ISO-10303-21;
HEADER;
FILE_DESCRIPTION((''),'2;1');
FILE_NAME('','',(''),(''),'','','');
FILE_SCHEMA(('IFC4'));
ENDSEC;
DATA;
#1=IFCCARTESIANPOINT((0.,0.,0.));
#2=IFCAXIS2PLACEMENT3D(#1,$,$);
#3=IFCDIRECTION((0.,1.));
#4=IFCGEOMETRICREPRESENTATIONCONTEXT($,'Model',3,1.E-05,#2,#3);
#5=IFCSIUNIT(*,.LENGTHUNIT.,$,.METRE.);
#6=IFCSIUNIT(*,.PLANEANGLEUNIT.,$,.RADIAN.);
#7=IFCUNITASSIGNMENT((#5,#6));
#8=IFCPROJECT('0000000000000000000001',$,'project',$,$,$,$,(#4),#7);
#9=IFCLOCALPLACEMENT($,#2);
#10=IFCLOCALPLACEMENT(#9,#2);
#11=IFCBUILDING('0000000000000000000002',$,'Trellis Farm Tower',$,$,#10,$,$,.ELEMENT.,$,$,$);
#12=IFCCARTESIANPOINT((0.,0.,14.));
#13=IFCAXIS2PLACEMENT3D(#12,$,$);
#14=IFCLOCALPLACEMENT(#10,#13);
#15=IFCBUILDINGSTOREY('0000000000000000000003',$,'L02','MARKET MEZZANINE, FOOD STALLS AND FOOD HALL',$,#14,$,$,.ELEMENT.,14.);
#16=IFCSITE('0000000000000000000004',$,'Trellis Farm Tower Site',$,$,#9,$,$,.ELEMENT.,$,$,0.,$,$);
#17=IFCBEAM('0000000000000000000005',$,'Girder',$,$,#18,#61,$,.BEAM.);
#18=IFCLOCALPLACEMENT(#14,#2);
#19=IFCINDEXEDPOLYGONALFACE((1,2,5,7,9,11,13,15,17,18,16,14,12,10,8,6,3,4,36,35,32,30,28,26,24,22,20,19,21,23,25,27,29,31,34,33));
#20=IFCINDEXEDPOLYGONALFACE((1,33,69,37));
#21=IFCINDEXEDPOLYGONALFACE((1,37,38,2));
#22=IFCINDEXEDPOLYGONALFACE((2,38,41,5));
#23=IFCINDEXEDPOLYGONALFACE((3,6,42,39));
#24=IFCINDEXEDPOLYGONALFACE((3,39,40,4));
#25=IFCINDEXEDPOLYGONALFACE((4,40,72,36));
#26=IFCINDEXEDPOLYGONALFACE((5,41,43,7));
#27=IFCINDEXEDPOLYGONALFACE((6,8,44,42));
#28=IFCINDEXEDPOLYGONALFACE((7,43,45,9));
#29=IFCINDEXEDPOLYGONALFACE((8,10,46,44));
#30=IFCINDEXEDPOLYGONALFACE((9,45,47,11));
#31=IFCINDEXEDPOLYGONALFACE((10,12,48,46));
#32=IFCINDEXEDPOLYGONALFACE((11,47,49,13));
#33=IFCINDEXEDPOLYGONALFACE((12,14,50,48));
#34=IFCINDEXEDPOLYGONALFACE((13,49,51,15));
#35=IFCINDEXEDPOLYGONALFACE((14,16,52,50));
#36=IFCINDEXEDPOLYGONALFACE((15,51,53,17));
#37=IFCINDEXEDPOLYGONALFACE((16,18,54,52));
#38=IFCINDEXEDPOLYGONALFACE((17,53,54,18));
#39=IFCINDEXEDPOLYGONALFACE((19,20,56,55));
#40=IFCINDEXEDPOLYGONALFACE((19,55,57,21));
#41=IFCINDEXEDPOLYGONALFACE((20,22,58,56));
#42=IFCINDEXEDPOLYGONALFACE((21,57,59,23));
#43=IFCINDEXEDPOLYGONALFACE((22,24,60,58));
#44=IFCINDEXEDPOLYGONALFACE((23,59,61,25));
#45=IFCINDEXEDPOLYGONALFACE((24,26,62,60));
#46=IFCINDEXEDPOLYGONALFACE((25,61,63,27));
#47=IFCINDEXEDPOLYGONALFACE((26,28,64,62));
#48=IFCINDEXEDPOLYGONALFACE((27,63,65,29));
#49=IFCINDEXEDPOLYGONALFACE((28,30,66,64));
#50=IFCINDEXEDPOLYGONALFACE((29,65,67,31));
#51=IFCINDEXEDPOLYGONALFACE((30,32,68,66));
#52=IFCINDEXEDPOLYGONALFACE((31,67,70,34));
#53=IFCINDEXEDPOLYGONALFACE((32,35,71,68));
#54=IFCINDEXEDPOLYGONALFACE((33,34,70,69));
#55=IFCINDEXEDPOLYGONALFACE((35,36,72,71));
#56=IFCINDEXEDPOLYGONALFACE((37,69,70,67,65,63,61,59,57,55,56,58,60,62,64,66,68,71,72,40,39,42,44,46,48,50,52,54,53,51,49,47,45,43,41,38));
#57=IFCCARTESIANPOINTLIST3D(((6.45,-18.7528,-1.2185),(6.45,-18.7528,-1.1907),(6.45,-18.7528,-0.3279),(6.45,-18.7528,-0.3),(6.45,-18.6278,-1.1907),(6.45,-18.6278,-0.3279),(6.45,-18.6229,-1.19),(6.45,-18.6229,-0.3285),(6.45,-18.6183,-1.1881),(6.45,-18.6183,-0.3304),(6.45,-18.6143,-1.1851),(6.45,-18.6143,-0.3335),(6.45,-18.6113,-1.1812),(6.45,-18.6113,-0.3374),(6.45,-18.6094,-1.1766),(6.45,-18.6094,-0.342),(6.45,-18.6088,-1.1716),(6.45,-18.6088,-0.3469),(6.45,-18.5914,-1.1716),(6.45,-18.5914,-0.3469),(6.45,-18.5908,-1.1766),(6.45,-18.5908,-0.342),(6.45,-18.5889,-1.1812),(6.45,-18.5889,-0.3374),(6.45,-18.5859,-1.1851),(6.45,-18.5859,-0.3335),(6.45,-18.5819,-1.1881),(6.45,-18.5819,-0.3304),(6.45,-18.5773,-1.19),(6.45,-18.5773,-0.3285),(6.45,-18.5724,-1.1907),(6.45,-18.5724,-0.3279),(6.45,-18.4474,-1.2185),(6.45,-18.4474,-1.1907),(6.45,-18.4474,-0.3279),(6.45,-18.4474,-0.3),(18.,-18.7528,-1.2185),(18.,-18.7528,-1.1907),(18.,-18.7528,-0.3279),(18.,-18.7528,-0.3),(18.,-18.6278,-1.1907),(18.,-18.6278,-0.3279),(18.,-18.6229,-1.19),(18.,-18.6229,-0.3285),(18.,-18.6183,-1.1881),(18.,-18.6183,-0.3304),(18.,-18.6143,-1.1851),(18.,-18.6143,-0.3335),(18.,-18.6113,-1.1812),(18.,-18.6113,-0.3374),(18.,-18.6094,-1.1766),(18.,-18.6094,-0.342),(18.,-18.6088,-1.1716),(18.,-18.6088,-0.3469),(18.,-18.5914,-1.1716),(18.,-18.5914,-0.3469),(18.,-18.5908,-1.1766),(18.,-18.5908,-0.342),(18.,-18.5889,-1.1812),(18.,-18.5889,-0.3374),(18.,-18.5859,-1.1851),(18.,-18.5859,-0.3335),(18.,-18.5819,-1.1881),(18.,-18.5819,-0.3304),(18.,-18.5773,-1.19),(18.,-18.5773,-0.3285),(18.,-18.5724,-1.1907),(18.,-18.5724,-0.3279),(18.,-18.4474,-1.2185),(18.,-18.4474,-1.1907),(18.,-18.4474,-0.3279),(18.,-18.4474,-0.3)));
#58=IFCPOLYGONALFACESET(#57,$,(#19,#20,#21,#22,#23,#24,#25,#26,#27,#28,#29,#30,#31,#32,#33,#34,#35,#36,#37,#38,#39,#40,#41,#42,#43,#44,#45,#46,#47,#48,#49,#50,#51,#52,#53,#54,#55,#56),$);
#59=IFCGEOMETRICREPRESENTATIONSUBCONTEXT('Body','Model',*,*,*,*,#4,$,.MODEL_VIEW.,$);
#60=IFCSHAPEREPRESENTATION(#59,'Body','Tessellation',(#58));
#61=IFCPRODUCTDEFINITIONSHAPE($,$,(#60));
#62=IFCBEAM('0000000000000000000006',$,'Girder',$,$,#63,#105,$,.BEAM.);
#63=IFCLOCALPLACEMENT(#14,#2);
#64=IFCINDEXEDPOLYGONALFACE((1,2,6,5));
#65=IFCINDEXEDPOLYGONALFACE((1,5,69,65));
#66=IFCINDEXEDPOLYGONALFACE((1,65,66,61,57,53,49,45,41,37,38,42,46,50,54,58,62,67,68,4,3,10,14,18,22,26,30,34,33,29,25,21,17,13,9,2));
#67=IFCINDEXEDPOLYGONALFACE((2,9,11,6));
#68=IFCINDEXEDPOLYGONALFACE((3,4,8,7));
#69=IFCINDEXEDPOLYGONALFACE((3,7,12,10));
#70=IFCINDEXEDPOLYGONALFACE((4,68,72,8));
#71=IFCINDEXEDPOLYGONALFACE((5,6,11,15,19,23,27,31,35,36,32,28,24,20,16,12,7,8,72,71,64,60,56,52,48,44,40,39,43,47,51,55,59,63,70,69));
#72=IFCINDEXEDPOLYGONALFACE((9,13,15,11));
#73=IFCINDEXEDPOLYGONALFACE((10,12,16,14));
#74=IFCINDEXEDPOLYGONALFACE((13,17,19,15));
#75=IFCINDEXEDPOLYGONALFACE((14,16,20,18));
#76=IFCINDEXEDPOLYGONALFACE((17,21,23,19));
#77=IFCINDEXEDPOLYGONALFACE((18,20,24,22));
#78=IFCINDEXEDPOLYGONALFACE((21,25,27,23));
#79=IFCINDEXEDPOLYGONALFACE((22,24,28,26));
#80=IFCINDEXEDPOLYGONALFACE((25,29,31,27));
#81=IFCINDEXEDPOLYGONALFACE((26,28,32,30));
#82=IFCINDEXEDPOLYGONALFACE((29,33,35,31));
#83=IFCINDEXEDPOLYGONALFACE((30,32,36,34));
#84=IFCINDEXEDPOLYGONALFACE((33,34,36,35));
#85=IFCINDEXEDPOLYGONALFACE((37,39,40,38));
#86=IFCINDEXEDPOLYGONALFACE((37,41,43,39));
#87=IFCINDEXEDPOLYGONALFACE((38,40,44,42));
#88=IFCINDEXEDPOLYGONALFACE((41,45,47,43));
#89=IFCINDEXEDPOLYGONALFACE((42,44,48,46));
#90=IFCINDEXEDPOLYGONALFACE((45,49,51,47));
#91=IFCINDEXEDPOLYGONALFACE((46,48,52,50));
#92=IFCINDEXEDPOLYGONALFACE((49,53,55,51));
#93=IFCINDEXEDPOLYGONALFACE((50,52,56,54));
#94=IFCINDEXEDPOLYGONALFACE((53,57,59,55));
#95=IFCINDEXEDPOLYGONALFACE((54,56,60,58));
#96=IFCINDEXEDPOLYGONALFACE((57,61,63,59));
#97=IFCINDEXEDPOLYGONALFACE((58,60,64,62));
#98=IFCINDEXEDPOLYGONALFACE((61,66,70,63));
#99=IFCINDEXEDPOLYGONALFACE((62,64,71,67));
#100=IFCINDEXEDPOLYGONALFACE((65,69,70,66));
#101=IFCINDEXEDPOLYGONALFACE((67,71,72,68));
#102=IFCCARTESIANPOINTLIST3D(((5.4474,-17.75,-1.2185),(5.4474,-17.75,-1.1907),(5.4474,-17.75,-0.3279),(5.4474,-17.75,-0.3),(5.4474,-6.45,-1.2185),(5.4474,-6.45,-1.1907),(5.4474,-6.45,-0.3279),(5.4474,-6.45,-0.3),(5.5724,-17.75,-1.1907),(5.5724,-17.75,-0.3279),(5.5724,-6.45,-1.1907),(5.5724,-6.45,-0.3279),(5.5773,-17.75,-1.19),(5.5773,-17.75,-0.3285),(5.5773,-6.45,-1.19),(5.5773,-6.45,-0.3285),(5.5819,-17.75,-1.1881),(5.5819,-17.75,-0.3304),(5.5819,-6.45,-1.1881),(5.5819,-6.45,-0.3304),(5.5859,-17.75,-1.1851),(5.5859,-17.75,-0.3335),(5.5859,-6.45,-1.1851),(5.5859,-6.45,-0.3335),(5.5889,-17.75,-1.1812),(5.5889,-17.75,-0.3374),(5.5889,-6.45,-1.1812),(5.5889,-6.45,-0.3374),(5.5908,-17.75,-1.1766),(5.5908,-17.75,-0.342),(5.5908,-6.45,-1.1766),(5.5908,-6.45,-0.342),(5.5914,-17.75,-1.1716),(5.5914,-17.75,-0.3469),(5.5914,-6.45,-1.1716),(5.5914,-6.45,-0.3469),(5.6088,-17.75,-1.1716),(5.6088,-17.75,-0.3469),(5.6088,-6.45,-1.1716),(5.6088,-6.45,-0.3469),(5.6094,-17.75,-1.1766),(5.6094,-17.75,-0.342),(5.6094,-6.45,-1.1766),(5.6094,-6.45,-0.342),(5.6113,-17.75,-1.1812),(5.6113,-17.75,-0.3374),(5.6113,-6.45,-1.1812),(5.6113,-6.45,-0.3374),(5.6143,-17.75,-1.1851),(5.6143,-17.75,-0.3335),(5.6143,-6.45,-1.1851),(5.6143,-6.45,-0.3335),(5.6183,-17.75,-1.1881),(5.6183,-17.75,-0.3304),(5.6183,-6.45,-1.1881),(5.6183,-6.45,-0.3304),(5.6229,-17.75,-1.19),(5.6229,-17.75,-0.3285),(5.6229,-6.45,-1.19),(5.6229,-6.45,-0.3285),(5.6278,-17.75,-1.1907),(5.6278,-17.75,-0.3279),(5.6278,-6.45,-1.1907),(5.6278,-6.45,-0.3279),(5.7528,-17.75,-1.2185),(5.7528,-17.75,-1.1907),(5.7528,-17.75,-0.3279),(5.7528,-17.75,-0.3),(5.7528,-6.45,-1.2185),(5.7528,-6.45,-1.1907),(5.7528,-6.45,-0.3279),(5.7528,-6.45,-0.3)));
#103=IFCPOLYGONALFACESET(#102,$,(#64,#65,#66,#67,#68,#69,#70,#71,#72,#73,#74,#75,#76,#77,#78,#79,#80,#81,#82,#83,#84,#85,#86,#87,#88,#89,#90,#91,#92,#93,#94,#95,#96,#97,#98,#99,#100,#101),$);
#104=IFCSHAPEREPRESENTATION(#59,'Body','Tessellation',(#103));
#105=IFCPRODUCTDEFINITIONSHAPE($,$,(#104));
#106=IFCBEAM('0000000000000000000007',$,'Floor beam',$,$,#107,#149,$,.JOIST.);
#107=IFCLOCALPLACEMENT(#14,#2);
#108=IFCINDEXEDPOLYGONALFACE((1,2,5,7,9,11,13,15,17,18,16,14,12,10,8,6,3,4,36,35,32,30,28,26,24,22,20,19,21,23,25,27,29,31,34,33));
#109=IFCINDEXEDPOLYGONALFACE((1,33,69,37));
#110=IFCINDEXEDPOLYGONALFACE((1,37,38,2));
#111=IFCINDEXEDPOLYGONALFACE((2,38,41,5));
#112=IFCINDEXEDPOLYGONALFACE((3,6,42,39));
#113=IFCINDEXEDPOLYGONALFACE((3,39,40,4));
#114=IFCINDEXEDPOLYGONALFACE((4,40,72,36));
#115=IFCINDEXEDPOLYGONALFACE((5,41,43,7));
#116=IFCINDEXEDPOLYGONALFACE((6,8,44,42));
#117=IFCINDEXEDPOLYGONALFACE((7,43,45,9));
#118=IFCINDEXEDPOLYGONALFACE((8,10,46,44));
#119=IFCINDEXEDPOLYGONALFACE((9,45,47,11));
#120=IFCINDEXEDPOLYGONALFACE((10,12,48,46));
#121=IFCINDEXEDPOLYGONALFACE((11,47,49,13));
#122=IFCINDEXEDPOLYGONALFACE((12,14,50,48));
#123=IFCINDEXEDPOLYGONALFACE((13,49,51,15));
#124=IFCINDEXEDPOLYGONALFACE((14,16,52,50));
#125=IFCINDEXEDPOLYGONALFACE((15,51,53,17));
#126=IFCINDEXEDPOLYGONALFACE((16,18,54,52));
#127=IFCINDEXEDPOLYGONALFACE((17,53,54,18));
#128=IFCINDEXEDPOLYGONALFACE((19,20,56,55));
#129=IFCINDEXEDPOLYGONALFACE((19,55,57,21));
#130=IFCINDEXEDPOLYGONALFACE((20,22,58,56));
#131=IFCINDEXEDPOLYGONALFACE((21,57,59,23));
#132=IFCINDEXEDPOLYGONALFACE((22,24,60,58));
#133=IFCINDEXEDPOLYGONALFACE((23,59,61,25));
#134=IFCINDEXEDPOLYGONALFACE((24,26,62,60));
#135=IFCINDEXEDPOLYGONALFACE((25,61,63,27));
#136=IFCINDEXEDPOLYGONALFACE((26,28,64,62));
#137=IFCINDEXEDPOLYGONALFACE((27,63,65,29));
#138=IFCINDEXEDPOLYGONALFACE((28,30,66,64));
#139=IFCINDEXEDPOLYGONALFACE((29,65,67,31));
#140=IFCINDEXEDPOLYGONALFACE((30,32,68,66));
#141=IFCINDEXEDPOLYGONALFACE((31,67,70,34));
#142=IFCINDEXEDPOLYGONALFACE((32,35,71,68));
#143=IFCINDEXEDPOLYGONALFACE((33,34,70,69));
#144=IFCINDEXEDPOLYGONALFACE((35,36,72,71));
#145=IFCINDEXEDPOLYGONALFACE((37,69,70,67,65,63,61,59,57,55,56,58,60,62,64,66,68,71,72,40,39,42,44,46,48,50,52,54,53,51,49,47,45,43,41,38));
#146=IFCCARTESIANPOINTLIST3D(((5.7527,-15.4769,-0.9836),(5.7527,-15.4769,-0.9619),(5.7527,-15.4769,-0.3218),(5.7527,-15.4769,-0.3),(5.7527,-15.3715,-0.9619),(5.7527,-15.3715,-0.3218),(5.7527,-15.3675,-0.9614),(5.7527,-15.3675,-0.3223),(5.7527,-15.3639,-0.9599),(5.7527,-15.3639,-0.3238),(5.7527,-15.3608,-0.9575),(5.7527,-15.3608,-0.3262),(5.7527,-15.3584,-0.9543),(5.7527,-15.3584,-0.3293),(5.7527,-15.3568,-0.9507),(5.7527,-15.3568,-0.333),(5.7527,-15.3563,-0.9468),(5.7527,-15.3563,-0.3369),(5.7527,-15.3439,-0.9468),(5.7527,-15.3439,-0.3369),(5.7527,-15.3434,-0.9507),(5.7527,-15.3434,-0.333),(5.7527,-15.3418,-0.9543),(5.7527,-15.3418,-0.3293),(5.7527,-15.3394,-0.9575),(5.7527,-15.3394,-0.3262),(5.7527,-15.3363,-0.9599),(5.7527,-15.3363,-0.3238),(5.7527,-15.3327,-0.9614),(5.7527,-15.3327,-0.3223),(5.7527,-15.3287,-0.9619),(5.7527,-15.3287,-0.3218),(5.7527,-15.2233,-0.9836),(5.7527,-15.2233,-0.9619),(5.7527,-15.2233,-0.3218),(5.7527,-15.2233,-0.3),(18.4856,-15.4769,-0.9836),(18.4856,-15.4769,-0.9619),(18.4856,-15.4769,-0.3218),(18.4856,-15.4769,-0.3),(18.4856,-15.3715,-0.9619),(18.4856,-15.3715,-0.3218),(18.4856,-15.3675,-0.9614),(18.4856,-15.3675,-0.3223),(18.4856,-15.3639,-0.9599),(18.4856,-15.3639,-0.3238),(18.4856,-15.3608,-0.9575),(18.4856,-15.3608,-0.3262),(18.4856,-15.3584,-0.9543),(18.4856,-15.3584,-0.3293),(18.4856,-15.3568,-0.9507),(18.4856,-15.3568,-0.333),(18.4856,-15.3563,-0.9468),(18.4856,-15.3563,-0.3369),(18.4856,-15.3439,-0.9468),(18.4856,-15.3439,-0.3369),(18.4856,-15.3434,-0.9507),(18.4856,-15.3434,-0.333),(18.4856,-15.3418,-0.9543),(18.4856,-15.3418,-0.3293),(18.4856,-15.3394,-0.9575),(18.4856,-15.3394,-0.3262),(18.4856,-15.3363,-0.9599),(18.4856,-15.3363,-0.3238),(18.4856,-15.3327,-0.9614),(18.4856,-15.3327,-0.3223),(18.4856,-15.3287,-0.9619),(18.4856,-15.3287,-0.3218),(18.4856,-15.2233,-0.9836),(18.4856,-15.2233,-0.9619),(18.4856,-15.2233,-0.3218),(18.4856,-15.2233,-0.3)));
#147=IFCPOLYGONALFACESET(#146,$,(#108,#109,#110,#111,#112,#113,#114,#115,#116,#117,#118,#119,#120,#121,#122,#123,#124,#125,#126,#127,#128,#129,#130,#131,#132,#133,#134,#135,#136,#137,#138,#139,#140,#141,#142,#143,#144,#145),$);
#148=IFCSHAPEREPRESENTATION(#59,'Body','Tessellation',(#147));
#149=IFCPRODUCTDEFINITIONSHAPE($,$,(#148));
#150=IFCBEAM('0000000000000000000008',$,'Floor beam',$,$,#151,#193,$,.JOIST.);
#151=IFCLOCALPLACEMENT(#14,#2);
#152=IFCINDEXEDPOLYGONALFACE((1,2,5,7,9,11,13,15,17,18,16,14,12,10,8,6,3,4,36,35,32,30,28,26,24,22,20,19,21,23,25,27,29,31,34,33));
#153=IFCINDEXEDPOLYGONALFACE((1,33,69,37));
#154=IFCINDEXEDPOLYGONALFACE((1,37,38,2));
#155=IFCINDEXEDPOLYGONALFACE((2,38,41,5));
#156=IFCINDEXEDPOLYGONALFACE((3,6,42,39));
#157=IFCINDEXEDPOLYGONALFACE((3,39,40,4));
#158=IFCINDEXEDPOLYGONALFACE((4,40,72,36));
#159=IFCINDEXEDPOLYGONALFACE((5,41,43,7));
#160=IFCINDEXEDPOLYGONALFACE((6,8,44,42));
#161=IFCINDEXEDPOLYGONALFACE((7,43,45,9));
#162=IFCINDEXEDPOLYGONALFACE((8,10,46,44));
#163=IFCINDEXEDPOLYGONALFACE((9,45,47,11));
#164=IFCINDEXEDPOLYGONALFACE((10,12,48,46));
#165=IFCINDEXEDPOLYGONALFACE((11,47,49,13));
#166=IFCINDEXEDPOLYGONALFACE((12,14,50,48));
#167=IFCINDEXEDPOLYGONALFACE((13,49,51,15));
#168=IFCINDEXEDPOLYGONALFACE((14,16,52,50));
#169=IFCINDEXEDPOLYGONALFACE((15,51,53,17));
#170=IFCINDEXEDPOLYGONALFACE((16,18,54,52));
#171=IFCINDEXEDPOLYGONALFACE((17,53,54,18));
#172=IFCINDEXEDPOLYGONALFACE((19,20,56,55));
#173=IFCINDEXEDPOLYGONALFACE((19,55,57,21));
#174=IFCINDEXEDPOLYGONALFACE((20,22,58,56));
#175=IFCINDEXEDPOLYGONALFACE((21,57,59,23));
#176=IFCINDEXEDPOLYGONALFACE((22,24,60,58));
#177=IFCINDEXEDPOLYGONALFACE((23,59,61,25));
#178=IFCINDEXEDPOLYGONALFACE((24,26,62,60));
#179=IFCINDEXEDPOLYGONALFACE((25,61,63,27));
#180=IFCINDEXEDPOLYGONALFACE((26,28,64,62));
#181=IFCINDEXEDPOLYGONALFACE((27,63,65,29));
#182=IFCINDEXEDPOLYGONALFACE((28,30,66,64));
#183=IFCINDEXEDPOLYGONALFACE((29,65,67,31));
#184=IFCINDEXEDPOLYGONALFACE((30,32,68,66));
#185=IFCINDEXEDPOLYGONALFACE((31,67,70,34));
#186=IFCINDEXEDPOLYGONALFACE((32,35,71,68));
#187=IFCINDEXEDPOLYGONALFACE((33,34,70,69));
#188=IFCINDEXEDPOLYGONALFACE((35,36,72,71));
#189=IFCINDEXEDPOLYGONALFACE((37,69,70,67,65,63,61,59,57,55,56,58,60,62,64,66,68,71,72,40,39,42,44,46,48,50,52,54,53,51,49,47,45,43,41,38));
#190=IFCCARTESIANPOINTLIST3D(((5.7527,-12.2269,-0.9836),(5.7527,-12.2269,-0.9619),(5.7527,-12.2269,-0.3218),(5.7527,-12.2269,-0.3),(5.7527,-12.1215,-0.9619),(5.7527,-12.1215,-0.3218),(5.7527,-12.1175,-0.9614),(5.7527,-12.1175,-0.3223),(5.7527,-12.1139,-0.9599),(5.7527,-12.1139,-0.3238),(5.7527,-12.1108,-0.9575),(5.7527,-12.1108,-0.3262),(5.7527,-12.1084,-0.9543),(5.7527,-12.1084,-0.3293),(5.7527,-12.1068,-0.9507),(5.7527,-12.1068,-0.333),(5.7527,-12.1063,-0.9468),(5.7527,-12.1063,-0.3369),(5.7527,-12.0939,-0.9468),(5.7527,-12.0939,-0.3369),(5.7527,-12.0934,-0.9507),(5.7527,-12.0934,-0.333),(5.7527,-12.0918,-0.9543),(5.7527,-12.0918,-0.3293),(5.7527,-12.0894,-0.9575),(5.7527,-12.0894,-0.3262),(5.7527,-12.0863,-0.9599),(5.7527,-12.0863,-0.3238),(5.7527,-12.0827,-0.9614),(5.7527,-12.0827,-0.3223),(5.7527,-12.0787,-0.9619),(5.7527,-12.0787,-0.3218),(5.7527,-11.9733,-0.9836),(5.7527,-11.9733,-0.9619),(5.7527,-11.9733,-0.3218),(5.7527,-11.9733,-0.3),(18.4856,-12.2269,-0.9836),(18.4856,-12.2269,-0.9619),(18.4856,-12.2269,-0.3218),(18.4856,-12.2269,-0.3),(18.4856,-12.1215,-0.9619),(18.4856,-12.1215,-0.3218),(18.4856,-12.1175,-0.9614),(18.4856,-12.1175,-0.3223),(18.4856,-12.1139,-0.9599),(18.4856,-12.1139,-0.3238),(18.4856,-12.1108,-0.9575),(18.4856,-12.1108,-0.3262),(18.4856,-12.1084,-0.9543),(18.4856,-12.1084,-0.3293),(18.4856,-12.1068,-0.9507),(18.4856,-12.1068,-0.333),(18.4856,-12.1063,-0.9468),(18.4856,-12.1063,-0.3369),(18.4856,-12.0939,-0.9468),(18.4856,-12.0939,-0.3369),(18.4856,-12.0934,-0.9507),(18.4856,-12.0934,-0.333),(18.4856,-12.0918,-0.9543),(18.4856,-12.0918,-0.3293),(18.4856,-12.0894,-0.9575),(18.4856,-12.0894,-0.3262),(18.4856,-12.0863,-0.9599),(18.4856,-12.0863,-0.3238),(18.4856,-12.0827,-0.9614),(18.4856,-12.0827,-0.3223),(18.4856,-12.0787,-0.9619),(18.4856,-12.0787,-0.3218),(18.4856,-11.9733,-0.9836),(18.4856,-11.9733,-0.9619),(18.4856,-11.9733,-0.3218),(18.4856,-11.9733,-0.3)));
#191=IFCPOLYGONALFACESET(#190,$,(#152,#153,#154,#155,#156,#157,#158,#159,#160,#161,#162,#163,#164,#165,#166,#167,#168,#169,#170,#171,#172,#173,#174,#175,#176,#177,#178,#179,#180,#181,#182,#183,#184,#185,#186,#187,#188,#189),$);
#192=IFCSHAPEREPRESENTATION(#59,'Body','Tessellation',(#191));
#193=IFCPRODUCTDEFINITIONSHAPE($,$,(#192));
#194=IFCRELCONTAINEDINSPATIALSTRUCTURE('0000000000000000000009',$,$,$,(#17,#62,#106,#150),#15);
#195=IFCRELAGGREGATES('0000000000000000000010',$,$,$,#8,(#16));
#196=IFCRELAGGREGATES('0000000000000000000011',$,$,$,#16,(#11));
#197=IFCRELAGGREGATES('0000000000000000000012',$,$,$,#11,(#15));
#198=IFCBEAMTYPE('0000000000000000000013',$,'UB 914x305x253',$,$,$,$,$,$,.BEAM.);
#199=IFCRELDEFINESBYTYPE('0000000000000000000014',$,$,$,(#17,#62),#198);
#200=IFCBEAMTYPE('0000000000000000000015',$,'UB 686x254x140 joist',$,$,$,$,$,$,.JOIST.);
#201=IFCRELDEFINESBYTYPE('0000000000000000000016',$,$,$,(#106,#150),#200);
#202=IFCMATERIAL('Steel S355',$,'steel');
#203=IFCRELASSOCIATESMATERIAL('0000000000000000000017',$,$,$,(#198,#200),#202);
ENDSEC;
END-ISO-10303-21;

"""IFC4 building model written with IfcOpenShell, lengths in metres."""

from ifc_helpers import new_model, si_unit, direction, frame, origin, origin_2d, place, context, subcontext, project, spatial, i_section, extrude, source, transform, mapped, material, material_profile, profile_set, type_object, element, save


model = new_model("IFC4")

# Units and contexts
model_context = context("Model", 3, precision=1e-05, world=origin(), true_north=direction((0.0, 1.0)))
body_context = subcontext(model_context, "Body", "Model", "MODEL_VIEW")
ifc_project = project(units=[si_unit("LENGTHUNIT", "METRE"), si_unit("PLANEANGLEUNIT", "RADIAN")], contexts=[model_context])

# Site, building, storey
site_placement = place(None, origin())
site = spatial("IfcSite", under=ifc_project, at=site_placement, Name="Trellis Farm Tower Site", CompositionType="ELEMENT", RefElevation=0.0)
building_placement = place(site_placement, origin())
building = spatial("IfcBuilding", under=site, at=building_placement, Name="Trellis Farm Tower", CompositionType="ELEMENT")
storey_placement = place(building_placement, frame((0.0, 0.0, 14.0)))
storey = spatial("IfcBuildingStorey", under=building, at=storey_placement, Name="L02", Description="MARKET MEZZANINE, FOOD STALLS AND FOOD HALL", CompositionType="ELEMENT", Elevation=14.0)

# Beams
ifc_material_1 = material(Name="Steel S355", Category="steel")
ifc_material_profile_1 = material_profile(ifc_material_1, i_section(OverallWidth=0.3054, OverallDepth=0.9185, WebThickness=0.0173, FlangeThickness=0.0278, FilletRadius=0.019, at=origin_2d()), Name="UB 914x305x253")
ifc_profile_set_1 = profile_set([ifc_material_profile_1], Name="Steel S355")
beam_type_1 = type_object("IfcBeamType", Name="UB 914x305x253", PredefinedType="BEAM", material=ifc_profile_set_1)
shared_shape_1 = source(origin(), body_context, "Body", "SweptSolid", [
    extrude(i_section(OverallWidth=0.3054, OverallDepth=0.9185, WebThickness=0.0173, FlangeThickness=0.0278, FilletRadius=0.019, at=origin_2d()), origin(), (0.0, 0.0, 1.0), 11.55),
])
beam_1_placement = place(storey_placement, frame((6.45, -18.6001, -0.7593), z_axis=(1.0, 0.0, 0.0), x_axis=(0.0, 1.0, 0.0)))
element("IfcBeam", 1, at=beam_1_placement, inside=storey, type_object=beam_type_1, Name="Girder", PredefinedType="BEAM", context=body_context, shape_type="MappedRepresentation", body=[
    mapped(shared_shape_1, transform((0.0, 0.0, 0.0))),
])
shared_shape_2 = source(origin(), body_context, "Body", "SweptSolid", [
    extrude(i_section(OverallWidth=0.3054, OverallDepth=0.9185, WebThickness=0.0173, FlangeThickness=0.0278, FilletRadius=0.019, at=origin_2d()), origin(), (0.0, 0.0, 1.0), 11.3),
])
beam_2_placement = place(storey_placement, frame((5.6001, -17.75, -0.7593), z_axis=(0.0, 1.0, 0.0), x_axis=(-1.0, 0.0, 0.0)))
element("IfcBeam", 2, at=beam_2_placement, inside=storey, type_object=beam_type_1, Name="Girder", PredefinedType="BEAM", context=body_context, shape_type="MappedRepresentation", body=[
    mapped(shared_shape_2, transform((0.0, 0.0, 0.0))),
])
ifc_material_profile_2 = material_profile(ifc_material_1, i_section(OverallWidth=0.2537, OverallDepth=0.6836, WebThickness=0.0125, FlangeThickness=0.0217, FilletRadius=0.0151, at=origin_2d()), Name="UB 686x254x140")
ifc_profile_set_2 = profile_set([ifc_material_profile_2], Name="Steel S355")
beam_type_2 = type_object("IfcBeamType", Name="UB 686x254x140 joist", PredefinedType="JOIST", material=ifc_profile_set_2)
shared_shape_3 = source(origin(), body_context, "Body", "SweptSolid", [
    extrude(i_section(OverallWidth=0.2537, OverallDepth=0.6836, WebThickness=0.0125, FlangeThickness=0.0217, FilletRadius=0.0151, at=origin_2d()), origin(), (0.0, 0.0, 1.0), 12.7329),
])
for number, where, z_axis, x_axis, name in (
    (3, (5.7527, -15.3501, -0.6418), (1.0, 0.0, 0.0), (0.0, 1.0, 0.0), "Floor beam"),
    (4, (5.7527, -12.1001, -0.6418), (1.0, 0.0, 0.0), (0.0, 1.0, 0.0), "Floor beam"),
):
    element("IfcBeam", number, at=place(storey_placement, frame(where, z_axis=z_axis, x_axis=x_axis)), inside=storey, type_object=beam_type_2, Name=name, PredefinedType="JOIST", context=body_context, shape_type="MappedRepresentation", body=[
        mapped(shared_shape_3, transform((0.0, 0.0, 0.0))),
    ])

save(model, "model.ifc")
